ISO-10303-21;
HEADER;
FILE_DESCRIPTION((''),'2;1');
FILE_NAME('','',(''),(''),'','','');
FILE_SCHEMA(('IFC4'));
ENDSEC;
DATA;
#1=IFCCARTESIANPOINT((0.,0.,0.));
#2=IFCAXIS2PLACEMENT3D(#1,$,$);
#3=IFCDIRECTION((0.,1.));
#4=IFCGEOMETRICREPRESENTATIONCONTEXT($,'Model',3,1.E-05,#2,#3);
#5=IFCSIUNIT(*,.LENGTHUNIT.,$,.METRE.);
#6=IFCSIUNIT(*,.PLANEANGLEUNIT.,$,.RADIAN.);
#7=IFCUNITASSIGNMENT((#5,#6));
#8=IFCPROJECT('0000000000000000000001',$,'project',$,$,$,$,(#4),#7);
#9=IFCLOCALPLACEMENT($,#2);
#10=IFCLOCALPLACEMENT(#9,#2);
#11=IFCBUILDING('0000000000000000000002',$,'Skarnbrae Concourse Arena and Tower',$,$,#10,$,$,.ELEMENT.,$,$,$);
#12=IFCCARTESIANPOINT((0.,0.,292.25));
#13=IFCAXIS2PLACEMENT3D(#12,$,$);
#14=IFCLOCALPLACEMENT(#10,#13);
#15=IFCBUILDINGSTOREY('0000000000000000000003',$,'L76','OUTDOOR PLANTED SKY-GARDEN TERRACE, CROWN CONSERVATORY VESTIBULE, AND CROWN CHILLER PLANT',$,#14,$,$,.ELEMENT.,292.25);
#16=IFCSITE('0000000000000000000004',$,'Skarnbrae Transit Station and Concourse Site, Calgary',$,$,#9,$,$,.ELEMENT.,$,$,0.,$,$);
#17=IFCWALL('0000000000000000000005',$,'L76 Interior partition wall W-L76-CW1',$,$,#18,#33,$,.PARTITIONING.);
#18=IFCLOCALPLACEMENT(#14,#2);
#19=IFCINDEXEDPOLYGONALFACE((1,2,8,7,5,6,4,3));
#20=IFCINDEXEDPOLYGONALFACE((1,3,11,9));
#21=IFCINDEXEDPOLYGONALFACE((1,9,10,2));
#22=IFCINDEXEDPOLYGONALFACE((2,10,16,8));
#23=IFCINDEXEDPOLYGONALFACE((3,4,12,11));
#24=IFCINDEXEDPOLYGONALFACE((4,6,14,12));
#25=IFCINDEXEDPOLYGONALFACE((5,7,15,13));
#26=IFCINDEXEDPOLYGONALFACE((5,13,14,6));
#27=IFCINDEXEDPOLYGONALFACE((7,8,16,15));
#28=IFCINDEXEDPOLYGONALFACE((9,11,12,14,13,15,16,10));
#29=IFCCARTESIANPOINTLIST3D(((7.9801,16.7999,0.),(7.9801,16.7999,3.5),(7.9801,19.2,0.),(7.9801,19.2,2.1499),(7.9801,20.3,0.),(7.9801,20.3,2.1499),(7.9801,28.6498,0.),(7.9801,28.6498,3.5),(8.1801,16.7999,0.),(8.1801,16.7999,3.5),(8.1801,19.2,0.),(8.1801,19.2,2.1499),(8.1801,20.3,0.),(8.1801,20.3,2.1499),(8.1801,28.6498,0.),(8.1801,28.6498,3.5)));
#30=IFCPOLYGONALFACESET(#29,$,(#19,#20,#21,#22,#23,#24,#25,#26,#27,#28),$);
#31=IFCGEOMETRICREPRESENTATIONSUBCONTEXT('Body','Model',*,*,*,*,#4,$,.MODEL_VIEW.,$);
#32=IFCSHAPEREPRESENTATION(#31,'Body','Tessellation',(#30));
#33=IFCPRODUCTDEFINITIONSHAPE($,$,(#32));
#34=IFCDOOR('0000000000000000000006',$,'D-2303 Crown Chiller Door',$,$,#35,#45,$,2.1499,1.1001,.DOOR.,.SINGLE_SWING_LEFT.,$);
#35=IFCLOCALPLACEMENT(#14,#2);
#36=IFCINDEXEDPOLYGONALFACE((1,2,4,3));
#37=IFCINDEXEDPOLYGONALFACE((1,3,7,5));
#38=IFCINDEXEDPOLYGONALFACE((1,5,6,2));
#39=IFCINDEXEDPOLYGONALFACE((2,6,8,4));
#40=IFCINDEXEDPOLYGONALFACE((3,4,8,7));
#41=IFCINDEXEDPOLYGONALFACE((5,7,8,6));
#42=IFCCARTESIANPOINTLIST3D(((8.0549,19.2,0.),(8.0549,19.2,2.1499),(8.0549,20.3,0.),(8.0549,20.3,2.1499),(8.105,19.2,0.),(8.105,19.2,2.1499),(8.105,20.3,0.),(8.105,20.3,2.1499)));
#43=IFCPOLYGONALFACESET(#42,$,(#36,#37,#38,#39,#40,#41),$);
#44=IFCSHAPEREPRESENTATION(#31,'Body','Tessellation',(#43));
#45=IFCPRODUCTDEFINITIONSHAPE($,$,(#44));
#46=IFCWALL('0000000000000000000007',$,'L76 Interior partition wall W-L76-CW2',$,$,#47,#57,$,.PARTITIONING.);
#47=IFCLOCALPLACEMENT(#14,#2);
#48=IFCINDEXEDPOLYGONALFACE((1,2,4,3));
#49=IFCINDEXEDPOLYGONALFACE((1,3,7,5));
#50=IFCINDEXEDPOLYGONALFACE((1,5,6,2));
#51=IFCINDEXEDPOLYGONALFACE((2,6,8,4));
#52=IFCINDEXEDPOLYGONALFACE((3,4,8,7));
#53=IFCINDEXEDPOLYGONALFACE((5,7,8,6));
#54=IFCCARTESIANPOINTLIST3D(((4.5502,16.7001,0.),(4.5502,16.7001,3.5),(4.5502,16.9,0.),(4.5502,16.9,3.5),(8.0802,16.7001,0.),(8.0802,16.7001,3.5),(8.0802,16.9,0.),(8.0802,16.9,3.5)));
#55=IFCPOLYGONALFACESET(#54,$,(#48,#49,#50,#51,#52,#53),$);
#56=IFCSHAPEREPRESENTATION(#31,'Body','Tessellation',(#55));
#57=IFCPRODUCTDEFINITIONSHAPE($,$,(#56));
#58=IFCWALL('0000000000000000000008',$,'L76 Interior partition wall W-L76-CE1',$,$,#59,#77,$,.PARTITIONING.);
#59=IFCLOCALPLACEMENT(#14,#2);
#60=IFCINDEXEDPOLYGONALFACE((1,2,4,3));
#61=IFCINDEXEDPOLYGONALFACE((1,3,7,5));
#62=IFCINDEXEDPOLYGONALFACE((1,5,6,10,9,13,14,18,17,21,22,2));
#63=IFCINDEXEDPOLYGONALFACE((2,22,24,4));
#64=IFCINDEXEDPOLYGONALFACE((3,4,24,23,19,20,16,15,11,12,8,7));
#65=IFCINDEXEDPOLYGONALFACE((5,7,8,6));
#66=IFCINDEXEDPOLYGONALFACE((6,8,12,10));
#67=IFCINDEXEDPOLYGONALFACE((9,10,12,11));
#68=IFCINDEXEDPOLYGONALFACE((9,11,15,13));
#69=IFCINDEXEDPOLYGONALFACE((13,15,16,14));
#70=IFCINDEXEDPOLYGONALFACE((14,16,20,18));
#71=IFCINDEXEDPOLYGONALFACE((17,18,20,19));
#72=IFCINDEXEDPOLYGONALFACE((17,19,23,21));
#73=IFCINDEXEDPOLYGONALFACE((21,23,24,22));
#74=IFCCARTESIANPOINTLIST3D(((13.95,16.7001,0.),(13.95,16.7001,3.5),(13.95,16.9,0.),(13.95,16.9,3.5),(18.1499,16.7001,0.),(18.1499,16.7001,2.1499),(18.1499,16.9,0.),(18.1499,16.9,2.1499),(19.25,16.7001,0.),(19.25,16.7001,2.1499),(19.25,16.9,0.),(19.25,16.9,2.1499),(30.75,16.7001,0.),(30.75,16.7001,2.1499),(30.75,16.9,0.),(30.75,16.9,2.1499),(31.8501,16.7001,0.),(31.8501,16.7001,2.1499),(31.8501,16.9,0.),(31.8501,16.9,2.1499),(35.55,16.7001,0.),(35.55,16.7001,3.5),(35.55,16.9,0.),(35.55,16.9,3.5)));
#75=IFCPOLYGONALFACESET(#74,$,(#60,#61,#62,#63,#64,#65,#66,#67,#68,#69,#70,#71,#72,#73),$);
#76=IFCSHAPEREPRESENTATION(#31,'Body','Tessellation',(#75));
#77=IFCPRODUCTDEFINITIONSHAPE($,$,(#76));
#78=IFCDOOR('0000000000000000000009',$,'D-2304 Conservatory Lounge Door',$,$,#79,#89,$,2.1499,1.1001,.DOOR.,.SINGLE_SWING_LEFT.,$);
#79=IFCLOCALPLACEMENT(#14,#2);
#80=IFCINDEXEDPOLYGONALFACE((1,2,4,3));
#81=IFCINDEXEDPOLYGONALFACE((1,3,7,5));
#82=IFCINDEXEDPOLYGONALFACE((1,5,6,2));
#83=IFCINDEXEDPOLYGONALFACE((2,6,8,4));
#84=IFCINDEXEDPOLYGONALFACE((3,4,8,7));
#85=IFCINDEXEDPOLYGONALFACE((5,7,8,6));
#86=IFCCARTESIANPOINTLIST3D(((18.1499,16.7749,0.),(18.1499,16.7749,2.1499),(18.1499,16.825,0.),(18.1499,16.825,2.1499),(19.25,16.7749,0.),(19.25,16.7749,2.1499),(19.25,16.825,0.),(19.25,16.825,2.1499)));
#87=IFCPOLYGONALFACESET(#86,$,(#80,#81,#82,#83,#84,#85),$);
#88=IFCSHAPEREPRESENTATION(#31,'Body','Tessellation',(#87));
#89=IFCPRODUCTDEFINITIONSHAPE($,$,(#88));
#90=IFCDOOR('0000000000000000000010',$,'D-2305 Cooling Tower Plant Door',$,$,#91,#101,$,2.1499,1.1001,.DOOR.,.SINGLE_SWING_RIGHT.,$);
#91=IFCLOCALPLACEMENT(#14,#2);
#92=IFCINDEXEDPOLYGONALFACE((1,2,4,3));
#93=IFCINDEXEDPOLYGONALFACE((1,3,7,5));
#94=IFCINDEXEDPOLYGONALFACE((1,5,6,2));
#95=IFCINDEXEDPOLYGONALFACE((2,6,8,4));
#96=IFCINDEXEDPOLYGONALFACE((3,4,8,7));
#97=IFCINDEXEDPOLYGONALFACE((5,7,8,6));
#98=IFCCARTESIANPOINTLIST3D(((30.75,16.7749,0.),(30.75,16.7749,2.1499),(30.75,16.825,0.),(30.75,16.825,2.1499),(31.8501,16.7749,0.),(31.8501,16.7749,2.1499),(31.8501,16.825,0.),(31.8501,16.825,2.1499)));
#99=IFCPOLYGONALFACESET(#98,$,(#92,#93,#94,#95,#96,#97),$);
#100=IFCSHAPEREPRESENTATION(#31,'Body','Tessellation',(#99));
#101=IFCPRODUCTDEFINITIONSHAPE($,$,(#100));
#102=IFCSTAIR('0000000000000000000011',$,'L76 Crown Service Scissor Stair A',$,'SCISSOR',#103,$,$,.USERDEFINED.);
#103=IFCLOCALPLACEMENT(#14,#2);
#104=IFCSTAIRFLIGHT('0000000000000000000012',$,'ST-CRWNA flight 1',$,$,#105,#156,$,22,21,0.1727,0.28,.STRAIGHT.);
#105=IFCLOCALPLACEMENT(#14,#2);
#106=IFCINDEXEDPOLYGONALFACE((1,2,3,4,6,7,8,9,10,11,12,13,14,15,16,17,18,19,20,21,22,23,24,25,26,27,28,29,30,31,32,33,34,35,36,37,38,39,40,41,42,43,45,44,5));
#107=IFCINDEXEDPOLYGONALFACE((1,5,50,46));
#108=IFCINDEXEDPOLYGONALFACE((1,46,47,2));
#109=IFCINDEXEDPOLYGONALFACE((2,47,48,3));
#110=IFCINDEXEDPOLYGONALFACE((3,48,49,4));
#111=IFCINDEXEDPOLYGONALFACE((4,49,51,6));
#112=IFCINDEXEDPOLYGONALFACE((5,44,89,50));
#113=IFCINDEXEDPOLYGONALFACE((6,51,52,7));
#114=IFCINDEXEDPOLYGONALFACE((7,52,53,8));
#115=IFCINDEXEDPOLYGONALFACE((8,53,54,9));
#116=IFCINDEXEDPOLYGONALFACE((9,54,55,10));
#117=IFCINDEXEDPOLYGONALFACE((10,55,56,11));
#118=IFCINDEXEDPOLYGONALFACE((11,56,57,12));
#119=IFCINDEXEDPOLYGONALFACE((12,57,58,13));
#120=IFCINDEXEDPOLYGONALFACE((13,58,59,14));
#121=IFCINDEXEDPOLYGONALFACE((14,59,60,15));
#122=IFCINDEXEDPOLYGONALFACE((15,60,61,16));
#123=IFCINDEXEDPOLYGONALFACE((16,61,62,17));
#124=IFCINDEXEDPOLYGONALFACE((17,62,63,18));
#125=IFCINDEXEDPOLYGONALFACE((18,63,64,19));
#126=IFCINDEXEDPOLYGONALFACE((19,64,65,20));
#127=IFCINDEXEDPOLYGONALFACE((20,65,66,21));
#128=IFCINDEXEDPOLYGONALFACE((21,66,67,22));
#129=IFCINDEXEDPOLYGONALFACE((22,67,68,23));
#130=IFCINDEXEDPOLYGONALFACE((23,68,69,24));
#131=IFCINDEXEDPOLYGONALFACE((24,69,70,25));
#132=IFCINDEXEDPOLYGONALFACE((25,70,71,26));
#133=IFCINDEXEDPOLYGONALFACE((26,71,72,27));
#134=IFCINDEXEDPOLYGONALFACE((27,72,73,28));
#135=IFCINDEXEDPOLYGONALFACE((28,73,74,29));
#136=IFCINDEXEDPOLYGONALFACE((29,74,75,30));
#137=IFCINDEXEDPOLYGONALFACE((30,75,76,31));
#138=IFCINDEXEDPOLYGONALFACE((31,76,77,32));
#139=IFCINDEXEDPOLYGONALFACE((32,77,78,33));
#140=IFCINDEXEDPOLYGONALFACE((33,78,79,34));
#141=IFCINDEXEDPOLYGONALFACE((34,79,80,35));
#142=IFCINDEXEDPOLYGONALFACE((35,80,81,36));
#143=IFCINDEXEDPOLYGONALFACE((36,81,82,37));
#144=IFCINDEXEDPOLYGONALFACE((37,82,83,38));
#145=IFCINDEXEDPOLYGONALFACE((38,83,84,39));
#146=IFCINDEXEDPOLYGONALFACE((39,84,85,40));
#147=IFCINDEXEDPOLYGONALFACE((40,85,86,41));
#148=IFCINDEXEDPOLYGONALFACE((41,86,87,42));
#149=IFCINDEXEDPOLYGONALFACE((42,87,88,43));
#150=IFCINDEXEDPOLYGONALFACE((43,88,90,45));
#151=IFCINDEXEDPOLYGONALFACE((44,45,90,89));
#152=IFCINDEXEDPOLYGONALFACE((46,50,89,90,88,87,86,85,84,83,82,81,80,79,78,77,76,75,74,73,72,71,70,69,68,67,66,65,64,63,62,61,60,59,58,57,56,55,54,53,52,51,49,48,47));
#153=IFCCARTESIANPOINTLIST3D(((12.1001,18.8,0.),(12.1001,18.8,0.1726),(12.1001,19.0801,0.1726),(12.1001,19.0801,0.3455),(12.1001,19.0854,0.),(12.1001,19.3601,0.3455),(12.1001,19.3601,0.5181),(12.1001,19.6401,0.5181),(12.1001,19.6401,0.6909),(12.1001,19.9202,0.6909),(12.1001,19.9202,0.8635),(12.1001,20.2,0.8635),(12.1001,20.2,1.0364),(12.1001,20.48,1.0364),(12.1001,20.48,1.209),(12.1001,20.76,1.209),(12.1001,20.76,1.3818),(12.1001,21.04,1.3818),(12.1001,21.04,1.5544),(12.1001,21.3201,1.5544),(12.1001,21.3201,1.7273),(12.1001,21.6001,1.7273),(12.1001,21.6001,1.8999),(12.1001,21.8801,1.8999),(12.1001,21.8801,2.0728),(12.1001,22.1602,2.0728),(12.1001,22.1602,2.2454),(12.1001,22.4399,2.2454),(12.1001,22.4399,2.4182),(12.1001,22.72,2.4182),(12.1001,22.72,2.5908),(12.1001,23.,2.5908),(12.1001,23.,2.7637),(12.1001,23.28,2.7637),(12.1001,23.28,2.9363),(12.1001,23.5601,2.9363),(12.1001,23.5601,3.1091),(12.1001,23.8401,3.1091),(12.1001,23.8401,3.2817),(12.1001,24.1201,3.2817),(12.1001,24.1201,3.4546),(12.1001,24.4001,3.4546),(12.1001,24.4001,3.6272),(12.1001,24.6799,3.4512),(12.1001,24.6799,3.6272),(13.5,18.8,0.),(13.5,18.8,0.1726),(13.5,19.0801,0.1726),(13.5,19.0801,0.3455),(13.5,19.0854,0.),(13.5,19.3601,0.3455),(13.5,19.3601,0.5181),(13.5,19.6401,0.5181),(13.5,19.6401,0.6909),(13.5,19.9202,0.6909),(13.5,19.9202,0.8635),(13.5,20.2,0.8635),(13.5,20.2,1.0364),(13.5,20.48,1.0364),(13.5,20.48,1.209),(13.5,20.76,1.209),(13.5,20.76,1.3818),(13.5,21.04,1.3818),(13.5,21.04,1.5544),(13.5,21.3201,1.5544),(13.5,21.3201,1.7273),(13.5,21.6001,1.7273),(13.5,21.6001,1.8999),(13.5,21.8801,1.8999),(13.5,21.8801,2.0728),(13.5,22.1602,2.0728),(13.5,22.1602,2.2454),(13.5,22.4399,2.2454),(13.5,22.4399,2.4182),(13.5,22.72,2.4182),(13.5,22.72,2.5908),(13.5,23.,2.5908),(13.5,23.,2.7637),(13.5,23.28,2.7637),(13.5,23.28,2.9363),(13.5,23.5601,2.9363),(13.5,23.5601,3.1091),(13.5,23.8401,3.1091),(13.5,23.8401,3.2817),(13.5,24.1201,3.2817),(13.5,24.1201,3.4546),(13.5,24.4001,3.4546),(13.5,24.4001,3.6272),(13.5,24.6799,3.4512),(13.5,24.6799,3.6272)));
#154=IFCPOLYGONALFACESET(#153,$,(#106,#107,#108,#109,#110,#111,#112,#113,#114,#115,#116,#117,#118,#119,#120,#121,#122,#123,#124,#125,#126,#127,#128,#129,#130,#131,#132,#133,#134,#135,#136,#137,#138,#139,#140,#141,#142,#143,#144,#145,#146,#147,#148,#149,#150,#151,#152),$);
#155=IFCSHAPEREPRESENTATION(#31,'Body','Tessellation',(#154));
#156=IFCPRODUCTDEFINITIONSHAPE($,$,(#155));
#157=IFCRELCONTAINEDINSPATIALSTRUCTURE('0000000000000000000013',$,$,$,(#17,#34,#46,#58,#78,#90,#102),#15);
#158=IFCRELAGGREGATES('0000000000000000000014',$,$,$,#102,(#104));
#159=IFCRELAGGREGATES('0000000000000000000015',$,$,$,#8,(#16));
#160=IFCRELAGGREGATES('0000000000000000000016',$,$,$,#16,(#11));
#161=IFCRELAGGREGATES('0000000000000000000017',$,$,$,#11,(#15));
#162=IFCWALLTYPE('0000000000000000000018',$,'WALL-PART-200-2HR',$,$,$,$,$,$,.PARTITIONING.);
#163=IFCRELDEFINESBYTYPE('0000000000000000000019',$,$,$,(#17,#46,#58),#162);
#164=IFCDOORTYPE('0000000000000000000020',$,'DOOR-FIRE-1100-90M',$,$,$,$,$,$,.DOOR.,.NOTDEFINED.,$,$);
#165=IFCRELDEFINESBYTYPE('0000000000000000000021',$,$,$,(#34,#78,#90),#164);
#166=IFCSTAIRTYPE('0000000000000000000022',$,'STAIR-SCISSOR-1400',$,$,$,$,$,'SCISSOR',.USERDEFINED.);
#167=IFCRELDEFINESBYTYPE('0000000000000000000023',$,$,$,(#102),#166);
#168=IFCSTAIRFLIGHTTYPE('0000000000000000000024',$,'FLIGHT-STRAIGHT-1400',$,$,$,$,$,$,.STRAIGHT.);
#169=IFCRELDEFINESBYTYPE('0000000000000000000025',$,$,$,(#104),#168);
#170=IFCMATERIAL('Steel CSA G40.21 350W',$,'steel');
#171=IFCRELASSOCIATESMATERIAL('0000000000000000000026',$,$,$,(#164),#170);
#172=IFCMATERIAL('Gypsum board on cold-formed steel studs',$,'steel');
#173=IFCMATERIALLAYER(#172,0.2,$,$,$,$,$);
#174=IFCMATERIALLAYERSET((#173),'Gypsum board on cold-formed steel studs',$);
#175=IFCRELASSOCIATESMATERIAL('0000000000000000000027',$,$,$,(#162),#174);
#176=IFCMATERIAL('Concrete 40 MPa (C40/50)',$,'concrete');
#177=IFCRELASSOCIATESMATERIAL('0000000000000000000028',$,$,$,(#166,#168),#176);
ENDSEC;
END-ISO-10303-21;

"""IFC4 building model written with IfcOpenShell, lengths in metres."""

from ifc_helpers import new_model, si_unit, direction, frame, frame_2d, origin, place, context, subcontext, project, spatial, polyline, rectangle, outline, extrude, source, transform, mapped, material, layer, layer_set, type_object, element, fill, aggregate, save


model = new_model("IFC4")

# Units and contexts
model_context = context("Model", 3, precision=1e-05, world=origin(), true_north=direction((0.0, 1.0)))
body_context = subcontext(model_context, "Body", "Model", "MODEL_VIEW")
ifc_project = project(units=[si_unit("LENGTHUNIT", "METRE"), si_unit("PLANEANGLEUNIT", "RADIAN")], contexts=[model_context])

# Site, building, storey
site_placement = place(None, origin())
site = spatial("IfcSite", under=ifc_project, at=site_placement, Name="Skarnbrae Transit Station and Concourse Site, Calgary", CompositionType="ELEMENT", RefElevation=0.0)
building_placement = place(site_placement, origin())
building = spatial("IfcBuilding", under=site, at=building_placement, Name="Skarnbrae Concourse Arena and Tower", CompositionType="ELEMENT")
storey_placement = place(building_placement, frame((0.0, 0.0, 292.25)))
storey = spatial("IfcBuildingStorey", under=building, at=storey_placement, Name="L76", Description="OUTDOOR PLANTED SKY-GARDEN TERRACE, CROWN CONSERVATORY VESTIBULE, AND CROWN CHILLER PLANT", CompositionType="ELEMENT", Elevation=292.25)

# Shared definitions
ifc_material_1 = material(Name="Steel CSA G40.21 350W", Category="steel")

# Shared definitions
door_type = type_object("IfcDoorType", Name="DOOR-FIRE-1100-90M", OperationType="NOTDEFINED", PredefinedType="DOOR", material=ifc_material_1)
shared_shape_1 = source(origin(), body_context, "Body", "SweptSolid", [
    extrude(rectangle(XDim=1.1001, YDim=2.1499, at=frame_2d((0.55, 1.075))), frame((0.0, 0.0249, 0.0), z_axis=(0.0, -1.0, 0.0), x_axis=(1.0, 0.0, 0.0)), (0.0, 0.0, 1.0), 0.05),
])

# Shared definitions
ifc_material_2 = material(Name="Gypsum board on cold-formed steel studs", Category="steel")
ifc_layer_1 = layer(ifc_material_2, 0.2)
ifc_layer_set_1 = layer_set([ifc_layer_1], Name="Gypsum board on cold-formed steel studs")
wall_type_1 = type_object("IfcWallType", Name="WALL-PART-200-2HR", PredefinedType="PARTITIONING", material=ifc_layer_set_1)

# Wall, opening, door
shared_shape_2 = source(origin(), body_context, "Body", "SweptSolid", [
    extrude(rectangle(XDim=11.8499, YDim=0.2, at=frame_2d((5.9248, 0.0))), origin(), (0.0, 0.0, 1.0), 3.5),
])
wall_1_placement = place(storey_placement, frame((8.0801, 16.8, 0.0), z_axis=(0.0, 0.0, 1.0), x_axis=(0.0, 1.0, 0.0)))
wall_1 = element("IfcWall", 1, at=wall_1_placement, inside=storey, type_object=wall_type_1, Name="L76 Interior partition wall W-L76-CW1", PredefinedType="PARTITIONING", context=body_context, shape_type="MappedRepresentation", body=[
    mapped(shared_shape_2, transform((0.0, 0.0, 0.0))),
])
opening_1_placement = place(wall_1_placement, frame((2.3999, 0.0, 0.0)))
opening_1 = element("IfcOpeningElement", 2, at=opening_1_placement, cuts=wall_1, PredefinedType="OPENING", context=body_context, shape_type="SweptSolid", body=[
    extrude(rectangle(XDim=1.1001, YDim=2.1499, at=frame_2d((0.55, 1.075))), frame((0.0, 0.1099, 0.0), z_axis=(0.0, -1.0, 0.0), x_axis=(1.0, 0.0, 0.0)), (0.0, 0.0, 1.0), 0.22),
])
door_1_placement = place(opening_1_placement, frame((1.1001, 0.0, 0.0), z_axis=(0.0, 0.0, 1.0), x_axis=(-1.0, 0.0, 0.0)))
door_1 = element("IfcDoor", 3, at=door_1_placement, inside=storey, type_object=door_type, Name="D-2303 Crown Chiller Door", OperationType="SINGLE_SWING_LEFT", OverallHeight=2.1499, OverallWidth=1.1001, PredefinedType="DOOR", context=body_context, shape_type="MappedRepresentation", body=[
    mapped(shared_shape_1, transform((0.0, 0.0, 0.0))),
])
fill(opening_1, door_1)

# Wall
shared_shape_3 = source(origin(), body_context, "Body", "SweptSolid", [
    extrude(rectangle(XDim=3.53, YDim=0.2, at=frame_2d((1.7651, 0.0))), origin(), (0.0, 0.0, 1.0), 3.5),
])
wall_2_placement = place(storey_placement, frame((4.55, 16.8, 0.0), z_axis=(0.0, 0.0, 1.0), x_axis=(1.0, 0.0, 0.0)))
element("IfcWall", 4, at=wall_2_placement, inside=storey, type_object=wall_type_1, Name="L76 Interior partition wall W-L76-CW2", PredefinedType="PARTITIONING", context=body_context, shape_type="MappedRepresentation", body=[
    mapped(shared_shape_3, transform((0.0, 0.0, 0.0))),
])

# Wall, openings, doors
shared_shape_4 = source(origin(), body_context, "Body", "SweptSolid", [
    extrude(rectangle(XDim=21.6001, YDim=0.2, at=frame_2d((10.8, 0.0))), origin(), (0.0, 0.0, 1.0), 3.5),
])
wall_3_placement = place(storey_placement, frame((13.95, 16.8, 0.0), z_axis=(0.0, 0.0, 1.0), x_axis=(1.0, 0.0, 0.0)))
wall_3 = element("IfcWall", 5, at=wall_3_placement, inside=storey, type_object=wall_type_1, Name="L76 Interior partition wall W-L76-CE1", PredefinedType="PARTITIONING", context=body_context, shape_type="MappedRepresentation", body=[
    mapped(shared_shape_4, transform((0.0, 0.0, 0.0))),
])
opening_2_placement = place(wall_3_placement, frame((4.2, 0.0, 0.0)))
opening_2 = element("IfcOpeningElement", 6, at=opening_2_placement, cuts=wall_3, PredefinedType="OPENING", context=body_context, shape_type="SweptSolid", body=[
    extrude(rectangle(XDim=1.1001, YDim=2.1499, at=frame_2d((0.55, 1.075))), frame((0.0, 0.1099, 0.0), z_axis=(0.0, -1.0, 0.0), x_axis=(1.0, 0.0, 0.0)), (0.0, 0.0, 1.0), 0.22),
])
opening_3_placement = place(wall_3_placement, frame((16.8, 0.0, 0.0)))
opening_3 = element("IfcOpeningElement", 7, at=opening_3_placement, cuts=wall_3, PredefinedType="OPENING", context=body_context, shape_type="SweptSolid", body=[
    extrude(rectangle(XDim=1.1001, YDim=2.1499, at=frame_2d((0.55, 1.075))), frame((0.0, 0.1099, 0.0), z_axis=(0.0, -1.0, 0.0), x_axis=(1.0, 0.0, 0.0)), (0.0, 0.0, 1.0), 0.22),
])
door_2_placement = place(opening_2_placement, origin())
door_2 = element("IfcDoor", 8, at=door_2_placement, inside=storey, type_object=door_type, Name="D-2304 Conservatory Lounge Door", OperationType="SINGLE_SWING_LEFT", OverallHeight=2.1499, OverallWidth=1.1001, PredefinedType="DOOR", context=body_context, shape_type="MappedRepresentation", body=[
    mapped(shared_shape_1, transform((0.0, 0.0, 0.0))),
])
fill(opening_2, door_2)
door_3_placement = place(opening_3_placement, origin())
door_3 = element("IfcDoor", 9, at=door_3_placement, inside=storey, type_object=door_type, Name="D-2305 Cooling Tower Plant Door", OperationType="SINGLE_SWING_RIGHT", OverallHeight=2.1499, OverallWidth=1.1001, PredefinedType="DOOR", context=body_context, shape_type="MappedRepresentation", body=[
    mapped(shared_shape_1, transform((0.0, 0.0, 0.0))),
])
fill(opening_3, door_3)

# Stair, stair flight
ifc_material_3 = material(Name="Concrete 40 MPa (C40/50)", Category="concrete")
stair_type = type_object("IfcStairType", Name="STAIR-SCISSOR-1400", ElementType="SCISSOR", PredefinedType="USERDEFINED", material=ifc_material_3)
stair_1_placement = place(storey_placement, origin())
stair_1 = element("IfcStair", 10, at=stair_1_placement, inside=storey, type_object=stair_type, Name="L76 Crown Service Scissor Stair A", ObjectType="SCISSOR", PredefinedType="USERDEFINED")
stair_flight_type = type_object("IfcStairFlightType", Name="FLIGHT-STRAIGHT-1400", PredefinedType="STRAIGHT", material=ifc_material_3)
shared_shape_5 = source(origin(), body_context, "Body", "SweptSolid", [
    extrude(outline(polyline([(0.0, 0.0), (0.0, 0.1726), (0.28, 0.1726), (0.28, 0.3455), (0.5601, 0.3455), (0.5601, 0.5181), (0.8401, 0.5181), (0.8401, 0.6909), (1.1201, 0.6909), (1.1201, 0.8635), (1.3999, 0.8635), (1.3999, 1.0364), (1.6799, 1.0364), (1.6799, 1.209), (1.96, 1.209), (1.96, 1.3818), (2.24, 1.3818), (2.24, 1.5544), (2.52, 1.5544), (2.52, 1.7273), (2.8, 1.7273), (2.8, 1.8999), (3.0801, 1.8999), (3.0801, 2.0728), (3.3601, 2.0728), (3.3601, 2.2454), (3.6399, 2.2454), (3.6399, 2.4182), (3.9199, 2.4182), (3.9199, 2.5908), (4.2, 2.5908), (4.2, 2.7637), (4.48, 2.7637), (4.48, 2.9363), (4.76, 2.9363), (4.76, 3.1091), (5.04, 3.1091), (5.04, 3.2817), (5.3201, 3.2817), (5.3201, 3.4546), (5.6001, 3.4546), (5.6001, 3.6272), (5.8799, 3.6272), (5.8799, 3.8), (5.8799, 3.4512), (0.2854, 0.0), (0.0, 0.0)])), frame((0.0, 0.7, 0.0), z_axis=(0.0, -1.0, 0.0), x_axis=(1.0, 0.0, 0.0)), (0.0, 0.0, 1.0), 1.3999),
])
stair_flight_1_placement = place(storey_placement, frame((12.8, 18.8, 0.0), z_axis=(0.0, 0.0, 1.0), x_axis=(0.0, 1.0, 0.0)))
stair_flight_1 = element("IfcStairFlight", 11, at=stair_flight_1_placement, type_object=stair_flight_type, Name="ST-CRWNA flight 1", NumberOfRisers=22, NumberOfTreads=21, PredefinedType="STRAIGHT", RiserHeight=0.1727, TreadLength=0.28, context=body_context, shape_type="MappedRepresentation", body=[
    mapped(shared_shape_5, transform((0.0, 0.0, 0.0))),
])
aggregate(stair_1, [stair_flight_1])

save(model, "model.ifc")
